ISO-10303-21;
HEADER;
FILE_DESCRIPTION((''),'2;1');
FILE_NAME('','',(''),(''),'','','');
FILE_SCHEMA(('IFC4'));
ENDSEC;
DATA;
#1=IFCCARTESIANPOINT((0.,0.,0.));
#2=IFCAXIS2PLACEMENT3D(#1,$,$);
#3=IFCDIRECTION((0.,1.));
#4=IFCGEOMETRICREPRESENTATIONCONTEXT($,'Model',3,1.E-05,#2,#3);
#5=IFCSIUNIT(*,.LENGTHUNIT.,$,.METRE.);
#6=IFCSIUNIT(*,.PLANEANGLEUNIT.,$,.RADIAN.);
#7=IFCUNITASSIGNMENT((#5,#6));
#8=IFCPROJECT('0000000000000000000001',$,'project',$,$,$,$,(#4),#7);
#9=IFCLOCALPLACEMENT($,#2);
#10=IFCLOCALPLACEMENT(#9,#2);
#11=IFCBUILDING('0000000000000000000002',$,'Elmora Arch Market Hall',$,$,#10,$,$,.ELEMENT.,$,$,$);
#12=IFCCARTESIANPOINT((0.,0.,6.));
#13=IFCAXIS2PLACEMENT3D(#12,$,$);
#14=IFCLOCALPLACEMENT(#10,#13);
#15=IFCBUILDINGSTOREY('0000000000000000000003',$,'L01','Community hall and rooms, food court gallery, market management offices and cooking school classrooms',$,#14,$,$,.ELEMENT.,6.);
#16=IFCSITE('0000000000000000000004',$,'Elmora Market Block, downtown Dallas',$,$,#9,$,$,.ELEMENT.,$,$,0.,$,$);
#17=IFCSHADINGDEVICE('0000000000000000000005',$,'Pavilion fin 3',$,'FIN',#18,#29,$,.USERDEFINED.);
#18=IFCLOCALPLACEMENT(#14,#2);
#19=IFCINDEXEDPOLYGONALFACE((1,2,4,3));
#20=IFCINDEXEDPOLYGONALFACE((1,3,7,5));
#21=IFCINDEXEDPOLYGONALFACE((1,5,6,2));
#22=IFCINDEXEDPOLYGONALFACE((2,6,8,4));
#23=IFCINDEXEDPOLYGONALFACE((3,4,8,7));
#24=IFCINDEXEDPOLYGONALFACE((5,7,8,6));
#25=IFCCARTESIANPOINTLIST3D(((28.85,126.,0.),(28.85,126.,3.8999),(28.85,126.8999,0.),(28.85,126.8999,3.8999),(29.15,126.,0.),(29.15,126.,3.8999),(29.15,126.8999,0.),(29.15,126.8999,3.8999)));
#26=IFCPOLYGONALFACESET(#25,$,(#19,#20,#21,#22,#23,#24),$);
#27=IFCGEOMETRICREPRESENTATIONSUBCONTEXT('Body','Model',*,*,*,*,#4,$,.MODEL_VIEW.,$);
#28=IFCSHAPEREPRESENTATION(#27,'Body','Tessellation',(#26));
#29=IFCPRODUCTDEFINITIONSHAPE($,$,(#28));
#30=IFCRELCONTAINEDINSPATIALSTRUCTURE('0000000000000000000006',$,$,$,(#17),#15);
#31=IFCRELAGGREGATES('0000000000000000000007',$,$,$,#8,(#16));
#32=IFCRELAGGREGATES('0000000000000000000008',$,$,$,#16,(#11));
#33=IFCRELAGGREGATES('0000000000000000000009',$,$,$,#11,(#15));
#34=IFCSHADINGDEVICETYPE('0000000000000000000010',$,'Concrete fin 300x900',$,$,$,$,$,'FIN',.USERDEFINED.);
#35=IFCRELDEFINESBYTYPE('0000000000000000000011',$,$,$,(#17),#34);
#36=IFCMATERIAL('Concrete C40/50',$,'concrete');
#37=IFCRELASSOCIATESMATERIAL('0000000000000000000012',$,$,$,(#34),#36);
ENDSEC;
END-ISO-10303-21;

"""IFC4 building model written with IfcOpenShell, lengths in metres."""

from ifc_helpers import new_model, si_unit, direction, frame, origin, origin_2d, place, context, subcontext, project, spatial, rectangle, extrude, material, type_object, element, save


model = new_model("IFC4")

# Units and contexts
model_context = context("Model", 3, precision=1e-05, world=origin(), true_north=direction((0.0, 1.0)))
body_context = subcontext(model_context, "Body", "Model", "MODEL_VIEW")
ifc_project = project(units=[si_unit("LENGTHUNIT", "METRE"), si_unit("PLANEANGLEUNIT", "RADIAN")], contexts=[model_context])

# Site, building, storey
site_placement = place(None, origin())
site = spatial("IfcSite", under=ifc_project, at=site_placement, Name="Elmora Market Block, downtown Dallas", CompositionType="ELEMENT", RefElevation=0.0)
building_placement = place(site_placement, origin())
building = spatial("IfcBuilding", under=site, at=building_placement, Name="Elmora Arch Market Hall", CompositionType="ELEMENT")
storey_placement = place(building_placement, frame((0.0, 0.0, 6.0)))
storey = spatial("IfcBuildingStorey", under=building, at=storey_placement, Name="L01", Description="Community hall and rooms, food court gallery, market management offices and cooking school classrooms", CompositionType="ELEMENT", Elevation=6.0)

# Shading device
ifc_material_1 = material(Name="Concrete C40/50", Category="concrete")
shading_device_type_1 = type_object("IfcShadingDeviceType", Name="Concrete fin 300x900", ElementType="FIN", PredefinedType="USERDEFINED", material=ifc_material_1)
shading_device_1_placement = place(storey_placement, frame((29.0, 126.45, 0.0), z_axis=(0.0, 0.0, 1.0), x_axis=(1.0, 0.0, 0.0)))
element("IfcShadingDevice", 1, at=shading_device_1_placement, inside=storey, type_object=shading_device_type_1, Name="Pavilion fin 3", ObjectType="FIN", PredefinedType="USERDEFINED", context=body_context, shape_type="SweptSolid", body=[
    extrude(rectangle(XDim=0.3, YDim=0.8999, at=origin_2d()), origin(), (0.0, 0.0, 1.0), 3.8999),
])

save(model, "model.ifc")
